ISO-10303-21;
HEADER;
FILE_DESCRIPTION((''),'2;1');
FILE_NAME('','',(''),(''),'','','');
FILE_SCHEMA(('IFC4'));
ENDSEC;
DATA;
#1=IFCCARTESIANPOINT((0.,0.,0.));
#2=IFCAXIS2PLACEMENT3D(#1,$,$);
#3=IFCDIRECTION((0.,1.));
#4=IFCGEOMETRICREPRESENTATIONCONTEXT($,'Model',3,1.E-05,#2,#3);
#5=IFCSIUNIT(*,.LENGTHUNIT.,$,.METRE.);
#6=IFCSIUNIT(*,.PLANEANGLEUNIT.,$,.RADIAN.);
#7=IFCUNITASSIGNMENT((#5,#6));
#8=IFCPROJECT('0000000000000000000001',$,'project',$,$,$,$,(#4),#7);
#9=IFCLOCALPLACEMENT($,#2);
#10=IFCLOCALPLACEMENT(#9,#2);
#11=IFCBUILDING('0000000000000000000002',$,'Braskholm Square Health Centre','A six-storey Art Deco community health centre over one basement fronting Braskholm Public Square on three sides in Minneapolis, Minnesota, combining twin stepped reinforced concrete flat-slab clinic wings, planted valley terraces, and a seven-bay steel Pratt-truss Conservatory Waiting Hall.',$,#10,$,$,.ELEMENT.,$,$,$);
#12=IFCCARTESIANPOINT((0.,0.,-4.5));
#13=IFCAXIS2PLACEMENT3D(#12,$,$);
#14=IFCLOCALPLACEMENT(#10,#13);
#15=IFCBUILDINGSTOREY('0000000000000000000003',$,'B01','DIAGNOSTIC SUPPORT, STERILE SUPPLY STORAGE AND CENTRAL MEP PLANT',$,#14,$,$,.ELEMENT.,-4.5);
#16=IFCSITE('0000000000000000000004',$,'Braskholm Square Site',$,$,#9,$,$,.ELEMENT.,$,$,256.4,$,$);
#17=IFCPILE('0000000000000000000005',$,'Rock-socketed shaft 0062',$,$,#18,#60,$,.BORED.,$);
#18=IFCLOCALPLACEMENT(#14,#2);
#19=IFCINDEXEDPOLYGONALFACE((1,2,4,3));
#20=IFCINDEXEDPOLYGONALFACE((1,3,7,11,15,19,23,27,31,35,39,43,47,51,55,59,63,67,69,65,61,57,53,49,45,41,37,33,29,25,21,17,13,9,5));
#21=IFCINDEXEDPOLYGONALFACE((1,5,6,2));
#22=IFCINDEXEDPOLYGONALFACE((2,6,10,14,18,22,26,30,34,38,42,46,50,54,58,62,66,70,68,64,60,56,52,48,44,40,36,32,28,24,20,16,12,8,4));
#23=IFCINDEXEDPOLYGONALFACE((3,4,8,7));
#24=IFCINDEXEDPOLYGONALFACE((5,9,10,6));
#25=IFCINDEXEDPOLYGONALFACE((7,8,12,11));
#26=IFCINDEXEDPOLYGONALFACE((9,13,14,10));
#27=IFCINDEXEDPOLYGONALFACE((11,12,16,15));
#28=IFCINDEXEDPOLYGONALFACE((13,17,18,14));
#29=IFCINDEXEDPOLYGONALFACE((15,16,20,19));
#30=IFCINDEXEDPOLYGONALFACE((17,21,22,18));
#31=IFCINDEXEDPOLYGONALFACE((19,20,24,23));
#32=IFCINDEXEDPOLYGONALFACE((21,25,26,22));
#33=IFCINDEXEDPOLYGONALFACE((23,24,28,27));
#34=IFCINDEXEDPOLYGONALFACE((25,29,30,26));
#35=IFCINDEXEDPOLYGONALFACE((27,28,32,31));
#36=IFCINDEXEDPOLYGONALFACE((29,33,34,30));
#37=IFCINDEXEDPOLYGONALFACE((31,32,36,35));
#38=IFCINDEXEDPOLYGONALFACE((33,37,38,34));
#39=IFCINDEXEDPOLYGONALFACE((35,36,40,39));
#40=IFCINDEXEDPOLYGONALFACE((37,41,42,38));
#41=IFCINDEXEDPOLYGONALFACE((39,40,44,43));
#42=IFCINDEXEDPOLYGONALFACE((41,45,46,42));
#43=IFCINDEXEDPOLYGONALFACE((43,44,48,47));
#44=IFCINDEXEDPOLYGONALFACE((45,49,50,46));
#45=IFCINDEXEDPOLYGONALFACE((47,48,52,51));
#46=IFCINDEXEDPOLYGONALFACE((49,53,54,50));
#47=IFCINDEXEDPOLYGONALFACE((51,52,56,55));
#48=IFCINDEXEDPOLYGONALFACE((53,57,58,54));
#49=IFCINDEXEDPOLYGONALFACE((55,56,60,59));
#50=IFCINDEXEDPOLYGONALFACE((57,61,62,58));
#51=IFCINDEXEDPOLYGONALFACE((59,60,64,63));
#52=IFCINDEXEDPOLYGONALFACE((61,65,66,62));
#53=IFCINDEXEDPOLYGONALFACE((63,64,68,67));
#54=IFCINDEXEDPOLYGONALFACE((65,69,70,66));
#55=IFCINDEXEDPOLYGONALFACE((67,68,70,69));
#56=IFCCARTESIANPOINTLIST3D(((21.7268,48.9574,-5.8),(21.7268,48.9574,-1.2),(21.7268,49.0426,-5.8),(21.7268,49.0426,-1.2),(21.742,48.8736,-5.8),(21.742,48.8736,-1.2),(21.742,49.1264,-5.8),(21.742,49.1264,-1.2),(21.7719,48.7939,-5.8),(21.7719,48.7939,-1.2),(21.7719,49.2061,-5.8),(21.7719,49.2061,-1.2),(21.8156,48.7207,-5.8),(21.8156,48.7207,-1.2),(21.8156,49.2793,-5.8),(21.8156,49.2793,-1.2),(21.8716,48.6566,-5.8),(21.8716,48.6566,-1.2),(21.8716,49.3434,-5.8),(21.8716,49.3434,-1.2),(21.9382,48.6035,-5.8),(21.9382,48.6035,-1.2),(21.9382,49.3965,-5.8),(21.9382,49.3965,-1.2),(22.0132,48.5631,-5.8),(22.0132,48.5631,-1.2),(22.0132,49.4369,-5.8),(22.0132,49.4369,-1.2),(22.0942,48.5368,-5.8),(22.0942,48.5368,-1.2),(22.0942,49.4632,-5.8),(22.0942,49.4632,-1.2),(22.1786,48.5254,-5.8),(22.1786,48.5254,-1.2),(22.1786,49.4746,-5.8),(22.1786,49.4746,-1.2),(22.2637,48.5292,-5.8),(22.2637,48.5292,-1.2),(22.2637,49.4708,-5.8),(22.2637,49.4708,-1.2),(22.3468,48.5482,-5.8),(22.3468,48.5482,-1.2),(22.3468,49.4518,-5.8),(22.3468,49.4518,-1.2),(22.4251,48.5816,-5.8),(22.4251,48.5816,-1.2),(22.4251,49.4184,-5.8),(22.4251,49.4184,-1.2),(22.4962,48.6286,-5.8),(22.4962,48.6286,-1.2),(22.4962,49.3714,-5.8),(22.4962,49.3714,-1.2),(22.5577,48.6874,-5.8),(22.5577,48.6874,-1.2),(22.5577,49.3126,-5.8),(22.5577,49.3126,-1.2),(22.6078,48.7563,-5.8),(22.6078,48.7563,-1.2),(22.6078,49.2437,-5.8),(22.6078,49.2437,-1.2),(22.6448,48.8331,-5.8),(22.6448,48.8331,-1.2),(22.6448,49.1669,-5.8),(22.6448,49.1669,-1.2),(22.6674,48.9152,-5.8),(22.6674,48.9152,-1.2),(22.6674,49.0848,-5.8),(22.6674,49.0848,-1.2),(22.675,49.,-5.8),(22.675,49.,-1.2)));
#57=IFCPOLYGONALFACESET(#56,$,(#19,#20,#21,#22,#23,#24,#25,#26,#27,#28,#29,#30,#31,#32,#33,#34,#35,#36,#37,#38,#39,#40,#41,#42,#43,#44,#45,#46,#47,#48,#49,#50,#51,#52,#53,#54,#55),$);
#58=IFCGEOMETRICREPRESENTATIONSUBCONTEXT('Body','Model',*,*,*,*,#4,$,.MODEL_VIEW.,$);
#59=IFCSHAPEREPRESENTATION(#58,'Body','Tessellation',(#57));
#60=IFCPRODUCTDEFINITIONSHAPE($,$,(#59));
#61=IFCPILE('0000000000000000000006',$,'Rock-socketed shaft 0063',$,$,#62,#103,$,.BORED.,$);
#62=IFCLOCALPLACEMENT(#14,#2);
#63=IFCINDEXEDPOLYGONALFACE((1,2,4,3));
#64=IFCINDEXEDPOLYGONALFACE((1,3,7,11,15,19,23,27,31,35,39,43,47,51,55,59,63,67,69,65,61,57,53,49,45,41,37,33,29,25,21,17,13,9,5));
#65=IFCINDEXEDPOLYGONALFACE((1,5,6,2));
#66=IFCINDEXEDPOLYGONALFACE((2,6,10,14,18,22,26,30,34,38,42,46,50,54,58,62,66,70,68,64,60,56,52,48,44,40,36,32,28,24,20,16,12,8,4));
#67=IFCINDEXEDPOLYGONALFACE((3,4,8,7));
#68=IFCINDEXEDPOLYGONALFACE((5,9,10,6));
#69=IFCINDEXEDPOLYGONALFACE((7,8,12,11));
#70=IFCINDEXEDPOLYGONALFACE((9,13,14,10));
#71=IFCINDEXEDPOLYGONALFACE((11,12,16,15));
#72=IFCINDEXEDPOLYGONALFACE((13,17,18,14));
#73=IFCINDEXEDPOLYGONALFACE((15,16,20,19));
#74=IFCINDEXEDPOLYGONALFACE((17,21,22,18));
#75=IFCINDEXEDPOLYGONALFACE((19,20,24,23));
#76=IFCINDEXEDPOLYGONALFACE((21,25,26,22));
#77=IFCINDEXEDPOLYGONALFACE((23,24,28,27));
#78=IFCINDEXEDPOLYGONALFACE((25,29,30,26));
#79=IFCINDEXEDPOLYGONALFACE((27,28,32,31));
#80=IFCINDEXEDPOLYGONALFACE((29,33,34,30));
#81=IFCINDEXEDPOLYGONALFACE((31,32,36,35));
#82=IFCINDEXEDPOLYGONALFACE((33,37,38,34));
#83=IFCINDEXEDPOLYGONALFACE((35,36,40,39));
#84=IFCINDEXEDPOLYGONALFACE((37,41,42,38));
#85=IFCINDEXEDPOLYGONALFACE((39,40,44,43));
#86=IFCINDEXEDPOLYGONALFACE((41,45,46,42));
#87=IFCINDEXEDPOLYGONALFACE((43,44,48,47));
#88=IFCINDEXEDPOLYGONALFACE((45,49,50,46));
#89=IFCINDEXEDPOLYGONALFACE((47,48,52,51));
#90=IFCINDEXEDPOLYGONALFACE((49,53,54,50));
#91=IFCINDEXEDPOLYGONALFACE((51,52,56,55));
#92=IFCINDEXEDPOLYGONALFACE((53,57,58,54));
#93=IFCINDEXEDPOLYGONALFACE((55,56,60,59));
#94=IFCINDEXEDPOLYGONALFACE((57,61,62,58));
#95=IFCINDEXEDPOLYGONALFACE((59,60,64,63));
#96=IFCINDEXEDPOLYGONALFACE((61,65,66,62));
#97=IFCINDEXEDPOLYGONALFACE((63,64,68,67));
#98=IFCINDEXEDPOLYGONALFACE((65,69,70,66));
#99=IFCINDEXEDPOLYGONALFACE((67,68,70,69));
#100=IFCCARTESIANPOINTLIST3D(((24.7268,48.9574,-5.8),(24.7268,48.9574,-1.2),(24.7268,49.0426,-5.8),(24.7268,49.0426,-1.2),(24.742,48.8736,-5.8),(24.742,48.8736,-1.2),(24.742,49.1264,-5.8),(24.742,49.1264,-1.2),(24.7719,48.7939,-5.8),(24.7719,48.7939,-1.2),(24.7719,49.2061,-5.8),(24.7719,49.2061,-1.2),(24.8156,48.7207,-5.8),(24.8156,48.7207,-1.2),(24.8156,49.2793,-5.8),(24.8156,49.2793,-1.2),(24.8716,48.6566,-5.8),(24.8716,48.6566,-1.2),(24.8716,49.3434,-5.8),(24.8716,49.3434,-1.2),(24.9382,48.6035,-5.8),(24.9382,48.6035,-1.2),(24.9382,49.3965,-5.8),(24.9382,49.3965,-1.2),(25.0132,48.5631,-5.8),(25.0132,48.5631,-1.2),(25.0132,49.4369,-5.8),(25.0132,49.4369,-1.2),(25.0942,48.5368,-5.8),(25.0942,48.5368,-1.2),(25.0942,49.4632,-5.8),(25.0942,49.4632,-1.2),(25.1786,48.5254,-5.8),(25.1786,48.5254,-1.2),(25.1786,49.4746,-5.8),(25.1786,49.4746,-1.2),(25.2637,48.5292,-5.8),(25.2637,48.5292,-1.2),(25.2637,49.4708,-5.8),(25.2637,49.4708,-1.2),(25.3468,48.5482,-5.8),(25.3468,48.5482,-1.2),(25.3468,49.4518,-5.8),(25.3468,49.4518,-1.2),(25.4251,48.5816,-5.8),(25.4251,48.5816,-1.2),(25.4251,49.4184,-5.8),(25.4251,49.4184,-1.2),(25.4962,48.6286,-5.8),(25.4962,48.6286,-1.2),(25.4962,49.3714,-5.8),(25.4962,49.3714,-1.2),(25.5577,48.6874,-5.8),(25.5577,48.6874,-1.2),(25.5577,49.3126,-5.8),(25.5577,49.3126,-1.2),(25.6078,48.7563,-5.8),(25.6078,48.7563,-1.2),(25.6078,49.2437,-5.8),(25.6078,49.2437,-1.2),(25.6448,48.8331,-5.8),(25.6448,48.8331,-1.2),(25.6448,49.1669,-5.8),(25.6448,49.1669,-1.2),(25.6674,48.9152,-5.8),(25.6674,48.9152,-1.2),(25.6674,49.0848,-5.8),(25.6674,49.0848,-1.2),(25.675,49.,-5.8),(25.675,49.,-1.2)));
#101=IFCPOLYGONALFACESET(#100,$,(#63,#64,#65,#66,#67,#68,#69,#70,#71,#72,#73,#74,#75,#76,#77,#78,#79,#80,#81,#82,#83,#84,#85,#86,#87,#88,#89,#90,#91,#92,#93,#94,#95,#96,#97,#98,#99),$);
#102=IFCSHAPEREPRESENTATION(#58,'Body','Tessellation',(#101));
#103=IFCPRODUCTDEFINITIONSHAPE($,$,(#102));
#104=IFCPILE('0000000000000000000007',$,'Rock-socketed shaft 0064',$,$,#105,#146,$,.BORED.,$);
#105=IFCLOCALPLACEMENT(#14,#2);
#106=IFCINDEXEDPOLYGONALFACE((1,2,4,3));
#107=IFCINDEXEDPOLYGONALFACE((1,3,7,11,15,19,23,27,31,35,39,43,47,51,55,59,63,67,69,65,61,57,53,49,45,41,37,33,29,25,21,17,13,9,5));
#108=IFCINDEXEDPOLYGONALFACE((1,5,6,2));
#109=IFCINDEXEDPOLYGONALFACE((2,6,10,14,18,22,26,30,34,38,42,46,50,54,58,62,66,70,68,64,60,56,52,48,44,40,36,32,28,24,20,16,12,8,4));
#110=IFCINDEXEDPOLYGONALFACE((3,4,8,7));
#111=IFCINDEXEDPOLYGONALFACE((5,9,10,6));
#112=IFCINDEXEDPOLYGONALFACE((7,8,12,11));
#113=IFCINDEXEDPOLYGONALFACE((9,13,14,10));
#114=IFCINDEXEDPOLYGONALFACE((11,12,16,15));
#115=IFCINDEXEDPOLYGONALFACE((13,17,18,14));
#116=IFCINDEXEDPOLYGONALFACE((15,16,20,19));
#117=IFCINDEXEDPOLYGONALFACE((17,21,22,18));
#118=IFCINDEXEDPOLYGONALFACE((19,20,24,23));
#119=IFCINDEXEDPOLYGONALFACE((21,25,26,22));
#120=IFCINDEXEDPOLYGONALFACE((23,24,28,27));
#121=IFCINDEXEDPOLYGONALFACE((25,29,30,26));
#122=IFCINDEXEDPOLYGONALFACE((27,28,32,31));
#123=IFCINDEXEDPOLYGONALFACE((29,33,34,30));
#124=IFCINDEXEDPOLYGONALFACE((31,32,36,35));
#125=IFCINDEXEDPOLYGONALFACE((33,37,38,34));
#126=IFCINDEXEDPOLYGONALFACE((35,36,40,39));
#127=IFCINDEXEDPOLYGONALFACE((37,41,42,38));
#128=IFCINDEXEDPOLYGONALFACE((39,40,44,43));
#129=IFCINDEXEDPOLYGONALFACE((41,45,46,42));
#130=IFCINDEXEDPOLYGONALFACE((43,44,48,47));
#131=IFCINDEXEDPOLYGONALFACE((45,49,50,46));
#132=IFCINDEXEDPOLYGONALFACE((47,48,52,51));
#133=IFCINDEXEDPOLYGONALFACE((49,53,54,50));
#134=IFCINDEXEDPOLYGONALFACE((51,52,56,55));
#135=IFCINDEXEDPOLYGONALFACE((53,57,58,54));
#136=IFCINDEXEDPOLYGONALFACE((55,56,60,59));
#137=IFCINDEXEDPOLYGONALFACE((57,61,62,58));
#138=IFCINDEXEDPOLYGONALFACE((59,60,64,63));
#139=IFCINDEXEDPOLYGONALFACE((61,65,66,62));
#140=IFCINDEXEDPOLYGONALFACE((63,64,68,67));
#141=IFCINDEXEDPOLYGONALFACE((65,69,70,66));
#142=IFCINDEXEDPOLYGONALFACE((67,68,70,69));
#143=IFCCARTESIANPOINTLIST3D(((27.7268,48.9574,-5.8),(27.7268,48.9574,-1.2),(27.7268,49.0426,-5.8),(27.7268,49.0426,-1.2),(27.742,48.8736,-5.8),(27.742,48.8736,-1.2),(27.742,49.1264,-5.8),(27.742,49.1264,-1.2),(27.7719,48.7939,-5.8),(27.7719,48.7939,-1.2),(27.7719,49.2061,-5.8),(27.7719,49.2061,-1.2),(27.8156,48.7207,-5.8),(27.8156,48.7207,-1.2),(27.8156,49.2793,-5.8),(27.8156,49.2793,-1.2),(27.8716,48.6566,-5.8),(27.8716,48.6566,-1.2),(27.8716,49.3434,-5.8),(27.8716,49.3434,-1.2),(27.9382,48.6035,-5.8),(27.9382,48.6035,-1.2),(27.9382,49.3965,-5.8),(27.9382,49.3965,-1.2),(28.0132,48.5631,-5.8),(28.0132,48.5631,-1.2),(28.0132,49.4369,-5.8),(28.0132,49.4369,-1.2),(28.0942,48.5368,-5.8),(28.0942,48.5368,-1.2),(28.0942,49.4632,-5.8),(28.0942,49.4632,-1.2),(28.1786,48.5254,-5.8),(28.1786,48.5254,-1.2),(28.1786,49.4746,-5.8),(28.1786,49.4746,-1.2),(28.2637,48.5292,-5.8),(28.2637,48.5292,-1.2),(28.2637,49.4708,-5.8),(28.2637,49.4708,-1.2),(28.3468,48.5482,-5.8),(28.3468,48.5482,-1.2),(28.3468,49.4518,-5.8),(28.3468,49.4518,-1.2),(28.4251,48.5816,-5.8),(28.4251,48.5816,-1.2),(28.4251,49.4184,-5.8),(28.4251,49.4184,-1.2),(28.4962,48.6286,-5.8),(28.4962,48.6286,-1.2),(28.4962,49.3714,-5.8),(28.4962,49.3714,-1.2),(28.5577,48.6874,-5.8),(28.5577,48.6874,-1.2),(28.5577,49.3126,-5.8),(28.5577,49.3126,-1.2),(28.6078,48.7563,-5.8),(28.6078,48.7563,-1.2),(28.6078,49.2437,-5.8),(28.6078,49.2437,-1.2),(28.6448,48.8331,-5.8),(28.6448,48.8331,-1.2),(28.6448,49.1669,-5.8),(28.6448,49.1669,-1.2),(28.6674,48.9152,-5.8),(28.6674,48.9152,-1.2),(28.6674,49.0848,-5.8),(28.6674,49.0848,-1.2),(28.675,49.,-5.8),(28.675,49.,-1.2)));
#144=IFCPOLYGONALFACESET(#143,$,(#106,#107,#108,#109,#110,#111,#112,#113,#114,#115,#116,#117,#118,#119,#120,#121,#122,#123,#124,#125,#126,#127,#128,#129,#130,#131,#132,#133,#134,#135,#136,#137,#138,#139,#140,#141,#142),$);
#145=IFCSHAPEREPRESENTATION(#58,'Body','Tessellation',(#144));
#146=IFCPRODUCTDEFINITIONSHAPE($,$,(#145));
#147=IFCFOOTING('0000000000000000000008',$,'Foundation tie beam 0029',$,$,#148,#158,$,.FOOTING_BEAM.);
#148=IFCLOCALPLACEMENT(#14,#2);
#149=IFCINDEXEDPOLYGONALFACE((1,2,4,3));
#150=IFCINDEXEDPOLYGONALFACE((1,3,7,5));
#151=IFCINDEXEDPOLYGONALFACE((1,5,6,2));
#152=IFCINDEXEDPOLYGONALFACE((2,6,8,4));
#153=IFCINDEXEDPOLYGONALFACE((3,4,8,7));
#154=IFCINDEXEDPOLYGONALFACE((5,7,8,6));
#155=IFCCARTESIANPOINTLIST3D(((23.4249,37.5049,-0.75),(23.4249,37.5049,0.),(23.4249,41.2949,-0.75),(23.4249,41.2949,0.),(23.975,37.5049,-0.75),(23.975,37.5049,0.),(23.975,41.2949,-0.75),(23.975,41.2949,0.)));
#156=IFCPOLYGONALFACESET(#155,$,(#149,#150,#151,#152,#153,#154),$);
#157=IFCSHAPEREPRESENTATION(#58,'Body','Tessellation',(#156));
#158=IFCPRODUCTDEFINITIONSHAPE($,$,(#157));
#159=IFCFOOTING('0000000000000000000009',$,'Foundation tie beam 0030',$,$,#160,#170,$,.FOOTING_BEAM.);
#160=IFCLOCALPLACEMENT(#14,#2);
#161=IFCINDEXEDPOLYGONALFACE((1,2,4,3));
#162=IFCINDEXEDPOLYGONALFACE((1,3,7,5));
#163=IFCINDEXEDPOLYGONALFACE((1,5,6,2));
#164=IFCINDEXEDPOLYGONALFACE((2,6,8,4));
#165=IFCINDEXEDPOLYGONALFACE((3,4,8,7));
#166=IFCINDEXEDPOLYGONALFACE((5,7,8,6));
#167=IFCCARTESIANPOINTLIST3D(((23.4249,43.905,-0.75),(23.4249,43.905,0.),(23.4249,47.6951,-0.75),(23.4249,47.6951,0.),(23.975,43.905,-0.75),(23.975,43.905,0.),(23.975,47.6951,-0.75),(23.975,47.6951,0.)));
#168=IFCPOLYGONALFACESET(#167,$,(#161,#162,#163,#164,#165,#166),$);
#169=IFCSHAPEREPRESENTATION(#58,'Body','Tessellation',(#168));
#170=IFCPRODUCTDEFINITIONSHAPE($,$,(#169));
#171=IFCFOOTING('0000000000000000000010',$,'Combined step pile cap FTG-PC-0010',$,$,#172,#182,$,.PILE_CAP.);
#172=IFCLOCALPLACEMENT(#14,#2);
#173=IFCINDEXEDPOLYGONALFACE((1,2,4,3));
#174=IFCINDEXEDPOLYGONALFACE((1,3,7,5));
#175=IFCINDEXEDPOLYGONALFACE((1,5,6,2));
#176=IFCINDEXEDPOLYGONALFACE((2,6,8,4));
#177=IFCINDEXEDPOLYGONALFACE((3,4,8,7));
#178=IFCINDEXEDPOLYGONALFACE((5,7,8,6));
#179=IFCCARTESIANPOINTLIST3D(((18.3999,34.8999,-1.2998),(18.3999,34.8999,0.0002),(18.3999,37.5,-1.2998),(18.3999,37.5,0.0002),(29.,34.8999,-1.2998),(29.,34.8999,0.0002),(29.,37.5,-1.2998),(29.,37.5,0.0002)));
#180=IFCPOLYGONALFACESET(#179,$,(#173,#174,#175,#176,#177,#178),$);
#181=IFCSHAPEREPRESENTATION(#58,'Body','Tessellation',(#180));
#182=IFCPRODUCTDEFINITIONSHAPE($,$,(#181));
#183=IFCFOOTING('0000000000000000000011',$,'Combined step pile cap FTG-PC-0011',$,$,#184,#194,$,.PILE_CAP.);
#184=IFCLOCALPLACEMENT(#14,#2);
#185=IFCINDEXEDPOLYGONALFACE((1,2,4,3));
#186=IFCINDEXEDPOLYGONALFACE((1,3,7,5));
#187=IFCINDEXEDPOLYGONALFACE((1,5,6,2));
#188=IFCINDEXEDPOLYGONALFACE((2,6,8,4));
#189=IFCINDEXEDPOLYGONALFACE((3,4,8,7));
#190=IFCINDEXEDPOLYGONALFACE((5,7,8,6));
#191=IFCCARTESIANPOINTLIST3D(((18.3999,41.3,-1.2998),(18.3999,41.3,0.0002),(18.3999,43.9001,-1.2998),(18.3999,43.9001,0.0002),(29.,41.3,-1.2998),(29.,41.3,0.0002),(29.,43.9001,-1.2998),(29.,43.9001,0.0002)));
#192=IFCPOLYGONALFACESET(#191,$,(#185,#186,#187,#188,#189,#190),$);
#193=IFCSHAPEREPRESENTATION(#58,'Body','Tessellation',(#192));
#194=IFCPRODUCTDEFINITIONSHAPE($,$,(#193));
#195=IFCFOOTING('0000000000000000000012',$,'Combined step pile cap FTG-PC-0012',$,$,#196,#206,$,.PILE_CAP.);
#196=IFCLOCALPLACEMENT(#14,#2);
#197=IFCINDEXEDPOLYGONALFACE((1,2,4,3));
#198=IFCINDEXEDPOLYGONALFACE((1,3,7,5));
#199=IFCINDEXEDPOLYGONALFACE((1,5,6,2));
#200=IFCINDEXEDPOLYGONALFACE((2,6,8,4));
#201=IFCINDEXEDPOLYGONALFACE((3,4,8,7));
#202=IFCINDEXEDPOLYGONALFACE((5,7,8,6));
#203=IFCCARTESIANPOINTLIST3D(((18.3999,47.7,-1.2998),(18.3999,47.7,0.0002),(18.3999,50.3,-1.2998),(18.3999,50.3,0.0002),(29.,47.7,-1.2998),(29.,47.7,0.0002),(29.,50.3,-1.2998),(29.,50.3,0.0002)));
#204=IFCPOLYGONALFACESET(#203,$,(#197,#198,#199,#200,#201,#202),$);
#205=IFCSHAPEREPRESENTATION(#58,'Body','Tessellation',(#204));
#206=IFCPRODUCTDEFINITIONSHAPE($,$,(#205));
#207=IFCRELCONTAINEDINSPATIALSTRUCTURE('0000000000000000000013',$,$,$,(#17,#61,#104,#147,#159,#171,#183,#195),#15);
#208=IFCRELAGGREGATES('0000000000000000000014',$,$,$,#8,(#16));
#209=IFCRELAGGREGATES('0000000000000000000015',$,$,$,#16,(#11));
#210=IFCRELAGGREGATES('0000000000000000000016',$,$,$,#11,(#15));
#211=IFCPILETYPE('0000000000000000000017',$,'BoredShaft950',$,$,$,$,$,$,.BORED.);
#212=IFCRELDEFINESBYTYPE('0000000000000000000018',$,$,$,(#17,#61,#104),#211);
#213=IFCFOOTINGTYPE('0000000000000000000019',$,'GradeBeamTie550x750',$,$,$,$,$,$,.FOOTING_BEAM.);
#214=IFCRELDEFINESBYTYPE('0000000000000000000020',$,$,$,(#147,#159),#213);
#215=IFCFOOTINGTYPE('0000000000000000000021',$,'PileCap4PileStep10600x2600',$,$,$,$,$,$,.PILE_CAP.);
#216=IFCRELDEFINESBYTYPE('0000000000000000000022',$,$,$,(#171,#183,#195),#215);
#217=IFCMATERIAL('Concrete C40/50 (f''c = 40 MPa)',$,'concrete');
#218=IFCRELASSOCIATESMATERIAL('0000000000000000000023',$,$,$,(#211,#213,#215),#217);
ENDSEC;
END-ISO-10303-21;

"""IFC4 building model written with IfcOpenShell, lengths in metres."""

from ifc_helpers import new_model, si_unit, direction, frame, origin, origin_2d, place, context, subcontext, project, spatial, rectangle, circle, extrude, material, material_profile, profile_set, type_object, element, save


model = new_model("IFC4")

# Units and contexts
model_context = context("Model", 3, precision=1e-05, world=origin(), true_north=direction((0.0, 1.0)))
body_context = subcontext(model_context, "Body", "Model", "MODEL_VIEW")
ifc_project = project(units=[si_unit("LENGTHUNIT", "METRE"), si_unit("PLANEANGLEUNIT", "RADIAN")], contexts=[model_context])

# Site, building, storey
site_placement = place(None, origin())
site = spatial("IfcSite", under=ifc_project, at=site_placement, Name="Braskholm Square Site", CompositionType="ELEMENT", RefElevation=256.4)
building_placement = place(site_placement, origin())
building = spatial("IfcBuilding", under=site, at=building_placement, Name="Braskholm Square Health Centre", Description="A six-storey Art Deco community health centre over one basement fronting Braskholm Public Square on three sides in Minneapolis, Minnesota, combining twin stepped reinforced concrete flat-slab clinic wings, planted valley terraces, and a seven-bay steel Pratt-truss Conservatory Waiting Hall.", CompositionType="ELEMENT")
storey_placement = place(building_placement, frame((0.0, 0.0, -4.5)))
storey = spatial("IfcBuildingStorey", under=building, at=storey_placement, Name="B01", Description="DIAGNOSTIC SUPPORT, STERILE SUPPLY STORAGE AND CENTRAL MEP PLANT", CompositionType="ELEMENT", Elevation=-4.5)

# Piles
ifc_material_1 = material(Name="Concrete C40/50 (f'c = 40 MPa)", Category="concrete")
ifc_material_profile_1 = material_profile(ifc_material_1, circle(Radius=0.4751, at=origin_2d()), Name="BORED-PILE-950")
ifc_profile_set_1 = profile_set([ifc_material_profile_1], Name="Concrete C40/50 (f'c = 40 MPa)")
pile_type = type_object("IfcPileType", Name="BoredShaft950", PredefinedType="BORED", material=ifc_profile_set_1)
for number, where, z_axis, x_axis, name in (
    (1, (22.2, 49.0, -1.2), (0.0, 0.0, -1.0), (1.0, 0.0, 0.0), "Rock-socketed shaft 0062"),
    (2, (25.2, 49.0, -1.2), (0.0, 0.0, -1.0), (1.0, 0.0, 0.0), "Rock-socketed shaft 0063"),
    (3, (28.2, 49.0, -1.2), (0.0, 0.0, -1.0), (1.0, 0.0, 0.0), "Rock-socketed shaft 0064"),
):
    element("IfcPile", number, at=place(storey_placement, frame(where, z_axis=z_axis, x_axis=x_axis)), inside=storey, type_object=pile_type, Name=name, PredefinedType="BORED", context=body_context, shape_type="SweptSolid", body=[
        extrude(circle(Radius=0.4751, at=origin_2d()), origin(), (0.0, 0.0, 1.0), 4.6001),
    ])

# Footings
ifc_material_profile_2 = material_profile(ifc_material_1, rectangle(XDim=0.55, YDim=0.75, at=origin_2d()), Name="FTG-550X750")
ifc_profile_set_2 = profile_set([ifc_material_profile_2], Name="Concrete C40/50 (f'c = 40 MPa)")
footing_type_1 = type_object("IfcFootingType", Name="GradeBeamTie550x750", PredefinedType="FOOTING_BEAM", material=ifc_profile_set_2)
for number, where, z_axis, x_axis, name in (
    (4, (23.7, 37.5049, -0.375), (0.0, 1.0, 0.0), (-1.0, 0.0, 0.0), "Foundation tie beam 0029"),
    (5, (23.7, 43.905, -0.375), (0.0, 1.0, 0.0), (-1.0, 0.0, 0.0), "Foundation tie beam 0030"),
):
    element("IfcFooting", number, at=place(storey_placement, frame(where, z_axis=z_axis, x_axis=x_axis)), inside=storey, type_object=footing_type_1, Name=name, PredefinedType="FOOTING_BEAM", context=body_context, shape_type="SweptSolid", body=[
        extrude(rectangle(XDim=0.55, YDim=0.75, at=origin_2d()), origin(), (0.0, 0.0, 1.0), 3.79),
    ])
footing_type_2 = type_object("IfcFootingType", Name="PileCap4PileStep10600x2600", PredefinedType="PILE_CAP", material=ifc_material_1)
for number, where, z_axis, x_axis, name in (
    (6, (23.7, 36.2, -1.2998), (0.0, 0.0, 1.0), (1.0, 0.0, 0.0), "Combined step pile cap FTG-PC-0010"),
    (7, (23.7, 42.6001, -1.2998), (0.0, 0.0, 1.0), (1.0, 0.0, 0.0), "Combined step pile cap FTG-PC-0011"),
    (8, (23.7, 49.0, -1.2998), (0.0, 0.0, 1.0), (1.0, 0.0, 0.0), "Combined step pile cap FTG-PC-0012"),
):
    element("IfcFooting", number, at=place(storey_placement, frame(where, z_axis=z_axis, x_axis=x_axis)), inside=storey, type_object=footing_type_2, Name=name, PredefinedType="PILE_CAP", context=body_context, shape_type="SweptSolid", body=[
        extrude(rectangle(XDim=10.6001, YDim=2.6001, at=origin_2d()), origin(), (0.0, 0.0, 1.0), 1.3),
    ])

save(model, "model.ifc")
